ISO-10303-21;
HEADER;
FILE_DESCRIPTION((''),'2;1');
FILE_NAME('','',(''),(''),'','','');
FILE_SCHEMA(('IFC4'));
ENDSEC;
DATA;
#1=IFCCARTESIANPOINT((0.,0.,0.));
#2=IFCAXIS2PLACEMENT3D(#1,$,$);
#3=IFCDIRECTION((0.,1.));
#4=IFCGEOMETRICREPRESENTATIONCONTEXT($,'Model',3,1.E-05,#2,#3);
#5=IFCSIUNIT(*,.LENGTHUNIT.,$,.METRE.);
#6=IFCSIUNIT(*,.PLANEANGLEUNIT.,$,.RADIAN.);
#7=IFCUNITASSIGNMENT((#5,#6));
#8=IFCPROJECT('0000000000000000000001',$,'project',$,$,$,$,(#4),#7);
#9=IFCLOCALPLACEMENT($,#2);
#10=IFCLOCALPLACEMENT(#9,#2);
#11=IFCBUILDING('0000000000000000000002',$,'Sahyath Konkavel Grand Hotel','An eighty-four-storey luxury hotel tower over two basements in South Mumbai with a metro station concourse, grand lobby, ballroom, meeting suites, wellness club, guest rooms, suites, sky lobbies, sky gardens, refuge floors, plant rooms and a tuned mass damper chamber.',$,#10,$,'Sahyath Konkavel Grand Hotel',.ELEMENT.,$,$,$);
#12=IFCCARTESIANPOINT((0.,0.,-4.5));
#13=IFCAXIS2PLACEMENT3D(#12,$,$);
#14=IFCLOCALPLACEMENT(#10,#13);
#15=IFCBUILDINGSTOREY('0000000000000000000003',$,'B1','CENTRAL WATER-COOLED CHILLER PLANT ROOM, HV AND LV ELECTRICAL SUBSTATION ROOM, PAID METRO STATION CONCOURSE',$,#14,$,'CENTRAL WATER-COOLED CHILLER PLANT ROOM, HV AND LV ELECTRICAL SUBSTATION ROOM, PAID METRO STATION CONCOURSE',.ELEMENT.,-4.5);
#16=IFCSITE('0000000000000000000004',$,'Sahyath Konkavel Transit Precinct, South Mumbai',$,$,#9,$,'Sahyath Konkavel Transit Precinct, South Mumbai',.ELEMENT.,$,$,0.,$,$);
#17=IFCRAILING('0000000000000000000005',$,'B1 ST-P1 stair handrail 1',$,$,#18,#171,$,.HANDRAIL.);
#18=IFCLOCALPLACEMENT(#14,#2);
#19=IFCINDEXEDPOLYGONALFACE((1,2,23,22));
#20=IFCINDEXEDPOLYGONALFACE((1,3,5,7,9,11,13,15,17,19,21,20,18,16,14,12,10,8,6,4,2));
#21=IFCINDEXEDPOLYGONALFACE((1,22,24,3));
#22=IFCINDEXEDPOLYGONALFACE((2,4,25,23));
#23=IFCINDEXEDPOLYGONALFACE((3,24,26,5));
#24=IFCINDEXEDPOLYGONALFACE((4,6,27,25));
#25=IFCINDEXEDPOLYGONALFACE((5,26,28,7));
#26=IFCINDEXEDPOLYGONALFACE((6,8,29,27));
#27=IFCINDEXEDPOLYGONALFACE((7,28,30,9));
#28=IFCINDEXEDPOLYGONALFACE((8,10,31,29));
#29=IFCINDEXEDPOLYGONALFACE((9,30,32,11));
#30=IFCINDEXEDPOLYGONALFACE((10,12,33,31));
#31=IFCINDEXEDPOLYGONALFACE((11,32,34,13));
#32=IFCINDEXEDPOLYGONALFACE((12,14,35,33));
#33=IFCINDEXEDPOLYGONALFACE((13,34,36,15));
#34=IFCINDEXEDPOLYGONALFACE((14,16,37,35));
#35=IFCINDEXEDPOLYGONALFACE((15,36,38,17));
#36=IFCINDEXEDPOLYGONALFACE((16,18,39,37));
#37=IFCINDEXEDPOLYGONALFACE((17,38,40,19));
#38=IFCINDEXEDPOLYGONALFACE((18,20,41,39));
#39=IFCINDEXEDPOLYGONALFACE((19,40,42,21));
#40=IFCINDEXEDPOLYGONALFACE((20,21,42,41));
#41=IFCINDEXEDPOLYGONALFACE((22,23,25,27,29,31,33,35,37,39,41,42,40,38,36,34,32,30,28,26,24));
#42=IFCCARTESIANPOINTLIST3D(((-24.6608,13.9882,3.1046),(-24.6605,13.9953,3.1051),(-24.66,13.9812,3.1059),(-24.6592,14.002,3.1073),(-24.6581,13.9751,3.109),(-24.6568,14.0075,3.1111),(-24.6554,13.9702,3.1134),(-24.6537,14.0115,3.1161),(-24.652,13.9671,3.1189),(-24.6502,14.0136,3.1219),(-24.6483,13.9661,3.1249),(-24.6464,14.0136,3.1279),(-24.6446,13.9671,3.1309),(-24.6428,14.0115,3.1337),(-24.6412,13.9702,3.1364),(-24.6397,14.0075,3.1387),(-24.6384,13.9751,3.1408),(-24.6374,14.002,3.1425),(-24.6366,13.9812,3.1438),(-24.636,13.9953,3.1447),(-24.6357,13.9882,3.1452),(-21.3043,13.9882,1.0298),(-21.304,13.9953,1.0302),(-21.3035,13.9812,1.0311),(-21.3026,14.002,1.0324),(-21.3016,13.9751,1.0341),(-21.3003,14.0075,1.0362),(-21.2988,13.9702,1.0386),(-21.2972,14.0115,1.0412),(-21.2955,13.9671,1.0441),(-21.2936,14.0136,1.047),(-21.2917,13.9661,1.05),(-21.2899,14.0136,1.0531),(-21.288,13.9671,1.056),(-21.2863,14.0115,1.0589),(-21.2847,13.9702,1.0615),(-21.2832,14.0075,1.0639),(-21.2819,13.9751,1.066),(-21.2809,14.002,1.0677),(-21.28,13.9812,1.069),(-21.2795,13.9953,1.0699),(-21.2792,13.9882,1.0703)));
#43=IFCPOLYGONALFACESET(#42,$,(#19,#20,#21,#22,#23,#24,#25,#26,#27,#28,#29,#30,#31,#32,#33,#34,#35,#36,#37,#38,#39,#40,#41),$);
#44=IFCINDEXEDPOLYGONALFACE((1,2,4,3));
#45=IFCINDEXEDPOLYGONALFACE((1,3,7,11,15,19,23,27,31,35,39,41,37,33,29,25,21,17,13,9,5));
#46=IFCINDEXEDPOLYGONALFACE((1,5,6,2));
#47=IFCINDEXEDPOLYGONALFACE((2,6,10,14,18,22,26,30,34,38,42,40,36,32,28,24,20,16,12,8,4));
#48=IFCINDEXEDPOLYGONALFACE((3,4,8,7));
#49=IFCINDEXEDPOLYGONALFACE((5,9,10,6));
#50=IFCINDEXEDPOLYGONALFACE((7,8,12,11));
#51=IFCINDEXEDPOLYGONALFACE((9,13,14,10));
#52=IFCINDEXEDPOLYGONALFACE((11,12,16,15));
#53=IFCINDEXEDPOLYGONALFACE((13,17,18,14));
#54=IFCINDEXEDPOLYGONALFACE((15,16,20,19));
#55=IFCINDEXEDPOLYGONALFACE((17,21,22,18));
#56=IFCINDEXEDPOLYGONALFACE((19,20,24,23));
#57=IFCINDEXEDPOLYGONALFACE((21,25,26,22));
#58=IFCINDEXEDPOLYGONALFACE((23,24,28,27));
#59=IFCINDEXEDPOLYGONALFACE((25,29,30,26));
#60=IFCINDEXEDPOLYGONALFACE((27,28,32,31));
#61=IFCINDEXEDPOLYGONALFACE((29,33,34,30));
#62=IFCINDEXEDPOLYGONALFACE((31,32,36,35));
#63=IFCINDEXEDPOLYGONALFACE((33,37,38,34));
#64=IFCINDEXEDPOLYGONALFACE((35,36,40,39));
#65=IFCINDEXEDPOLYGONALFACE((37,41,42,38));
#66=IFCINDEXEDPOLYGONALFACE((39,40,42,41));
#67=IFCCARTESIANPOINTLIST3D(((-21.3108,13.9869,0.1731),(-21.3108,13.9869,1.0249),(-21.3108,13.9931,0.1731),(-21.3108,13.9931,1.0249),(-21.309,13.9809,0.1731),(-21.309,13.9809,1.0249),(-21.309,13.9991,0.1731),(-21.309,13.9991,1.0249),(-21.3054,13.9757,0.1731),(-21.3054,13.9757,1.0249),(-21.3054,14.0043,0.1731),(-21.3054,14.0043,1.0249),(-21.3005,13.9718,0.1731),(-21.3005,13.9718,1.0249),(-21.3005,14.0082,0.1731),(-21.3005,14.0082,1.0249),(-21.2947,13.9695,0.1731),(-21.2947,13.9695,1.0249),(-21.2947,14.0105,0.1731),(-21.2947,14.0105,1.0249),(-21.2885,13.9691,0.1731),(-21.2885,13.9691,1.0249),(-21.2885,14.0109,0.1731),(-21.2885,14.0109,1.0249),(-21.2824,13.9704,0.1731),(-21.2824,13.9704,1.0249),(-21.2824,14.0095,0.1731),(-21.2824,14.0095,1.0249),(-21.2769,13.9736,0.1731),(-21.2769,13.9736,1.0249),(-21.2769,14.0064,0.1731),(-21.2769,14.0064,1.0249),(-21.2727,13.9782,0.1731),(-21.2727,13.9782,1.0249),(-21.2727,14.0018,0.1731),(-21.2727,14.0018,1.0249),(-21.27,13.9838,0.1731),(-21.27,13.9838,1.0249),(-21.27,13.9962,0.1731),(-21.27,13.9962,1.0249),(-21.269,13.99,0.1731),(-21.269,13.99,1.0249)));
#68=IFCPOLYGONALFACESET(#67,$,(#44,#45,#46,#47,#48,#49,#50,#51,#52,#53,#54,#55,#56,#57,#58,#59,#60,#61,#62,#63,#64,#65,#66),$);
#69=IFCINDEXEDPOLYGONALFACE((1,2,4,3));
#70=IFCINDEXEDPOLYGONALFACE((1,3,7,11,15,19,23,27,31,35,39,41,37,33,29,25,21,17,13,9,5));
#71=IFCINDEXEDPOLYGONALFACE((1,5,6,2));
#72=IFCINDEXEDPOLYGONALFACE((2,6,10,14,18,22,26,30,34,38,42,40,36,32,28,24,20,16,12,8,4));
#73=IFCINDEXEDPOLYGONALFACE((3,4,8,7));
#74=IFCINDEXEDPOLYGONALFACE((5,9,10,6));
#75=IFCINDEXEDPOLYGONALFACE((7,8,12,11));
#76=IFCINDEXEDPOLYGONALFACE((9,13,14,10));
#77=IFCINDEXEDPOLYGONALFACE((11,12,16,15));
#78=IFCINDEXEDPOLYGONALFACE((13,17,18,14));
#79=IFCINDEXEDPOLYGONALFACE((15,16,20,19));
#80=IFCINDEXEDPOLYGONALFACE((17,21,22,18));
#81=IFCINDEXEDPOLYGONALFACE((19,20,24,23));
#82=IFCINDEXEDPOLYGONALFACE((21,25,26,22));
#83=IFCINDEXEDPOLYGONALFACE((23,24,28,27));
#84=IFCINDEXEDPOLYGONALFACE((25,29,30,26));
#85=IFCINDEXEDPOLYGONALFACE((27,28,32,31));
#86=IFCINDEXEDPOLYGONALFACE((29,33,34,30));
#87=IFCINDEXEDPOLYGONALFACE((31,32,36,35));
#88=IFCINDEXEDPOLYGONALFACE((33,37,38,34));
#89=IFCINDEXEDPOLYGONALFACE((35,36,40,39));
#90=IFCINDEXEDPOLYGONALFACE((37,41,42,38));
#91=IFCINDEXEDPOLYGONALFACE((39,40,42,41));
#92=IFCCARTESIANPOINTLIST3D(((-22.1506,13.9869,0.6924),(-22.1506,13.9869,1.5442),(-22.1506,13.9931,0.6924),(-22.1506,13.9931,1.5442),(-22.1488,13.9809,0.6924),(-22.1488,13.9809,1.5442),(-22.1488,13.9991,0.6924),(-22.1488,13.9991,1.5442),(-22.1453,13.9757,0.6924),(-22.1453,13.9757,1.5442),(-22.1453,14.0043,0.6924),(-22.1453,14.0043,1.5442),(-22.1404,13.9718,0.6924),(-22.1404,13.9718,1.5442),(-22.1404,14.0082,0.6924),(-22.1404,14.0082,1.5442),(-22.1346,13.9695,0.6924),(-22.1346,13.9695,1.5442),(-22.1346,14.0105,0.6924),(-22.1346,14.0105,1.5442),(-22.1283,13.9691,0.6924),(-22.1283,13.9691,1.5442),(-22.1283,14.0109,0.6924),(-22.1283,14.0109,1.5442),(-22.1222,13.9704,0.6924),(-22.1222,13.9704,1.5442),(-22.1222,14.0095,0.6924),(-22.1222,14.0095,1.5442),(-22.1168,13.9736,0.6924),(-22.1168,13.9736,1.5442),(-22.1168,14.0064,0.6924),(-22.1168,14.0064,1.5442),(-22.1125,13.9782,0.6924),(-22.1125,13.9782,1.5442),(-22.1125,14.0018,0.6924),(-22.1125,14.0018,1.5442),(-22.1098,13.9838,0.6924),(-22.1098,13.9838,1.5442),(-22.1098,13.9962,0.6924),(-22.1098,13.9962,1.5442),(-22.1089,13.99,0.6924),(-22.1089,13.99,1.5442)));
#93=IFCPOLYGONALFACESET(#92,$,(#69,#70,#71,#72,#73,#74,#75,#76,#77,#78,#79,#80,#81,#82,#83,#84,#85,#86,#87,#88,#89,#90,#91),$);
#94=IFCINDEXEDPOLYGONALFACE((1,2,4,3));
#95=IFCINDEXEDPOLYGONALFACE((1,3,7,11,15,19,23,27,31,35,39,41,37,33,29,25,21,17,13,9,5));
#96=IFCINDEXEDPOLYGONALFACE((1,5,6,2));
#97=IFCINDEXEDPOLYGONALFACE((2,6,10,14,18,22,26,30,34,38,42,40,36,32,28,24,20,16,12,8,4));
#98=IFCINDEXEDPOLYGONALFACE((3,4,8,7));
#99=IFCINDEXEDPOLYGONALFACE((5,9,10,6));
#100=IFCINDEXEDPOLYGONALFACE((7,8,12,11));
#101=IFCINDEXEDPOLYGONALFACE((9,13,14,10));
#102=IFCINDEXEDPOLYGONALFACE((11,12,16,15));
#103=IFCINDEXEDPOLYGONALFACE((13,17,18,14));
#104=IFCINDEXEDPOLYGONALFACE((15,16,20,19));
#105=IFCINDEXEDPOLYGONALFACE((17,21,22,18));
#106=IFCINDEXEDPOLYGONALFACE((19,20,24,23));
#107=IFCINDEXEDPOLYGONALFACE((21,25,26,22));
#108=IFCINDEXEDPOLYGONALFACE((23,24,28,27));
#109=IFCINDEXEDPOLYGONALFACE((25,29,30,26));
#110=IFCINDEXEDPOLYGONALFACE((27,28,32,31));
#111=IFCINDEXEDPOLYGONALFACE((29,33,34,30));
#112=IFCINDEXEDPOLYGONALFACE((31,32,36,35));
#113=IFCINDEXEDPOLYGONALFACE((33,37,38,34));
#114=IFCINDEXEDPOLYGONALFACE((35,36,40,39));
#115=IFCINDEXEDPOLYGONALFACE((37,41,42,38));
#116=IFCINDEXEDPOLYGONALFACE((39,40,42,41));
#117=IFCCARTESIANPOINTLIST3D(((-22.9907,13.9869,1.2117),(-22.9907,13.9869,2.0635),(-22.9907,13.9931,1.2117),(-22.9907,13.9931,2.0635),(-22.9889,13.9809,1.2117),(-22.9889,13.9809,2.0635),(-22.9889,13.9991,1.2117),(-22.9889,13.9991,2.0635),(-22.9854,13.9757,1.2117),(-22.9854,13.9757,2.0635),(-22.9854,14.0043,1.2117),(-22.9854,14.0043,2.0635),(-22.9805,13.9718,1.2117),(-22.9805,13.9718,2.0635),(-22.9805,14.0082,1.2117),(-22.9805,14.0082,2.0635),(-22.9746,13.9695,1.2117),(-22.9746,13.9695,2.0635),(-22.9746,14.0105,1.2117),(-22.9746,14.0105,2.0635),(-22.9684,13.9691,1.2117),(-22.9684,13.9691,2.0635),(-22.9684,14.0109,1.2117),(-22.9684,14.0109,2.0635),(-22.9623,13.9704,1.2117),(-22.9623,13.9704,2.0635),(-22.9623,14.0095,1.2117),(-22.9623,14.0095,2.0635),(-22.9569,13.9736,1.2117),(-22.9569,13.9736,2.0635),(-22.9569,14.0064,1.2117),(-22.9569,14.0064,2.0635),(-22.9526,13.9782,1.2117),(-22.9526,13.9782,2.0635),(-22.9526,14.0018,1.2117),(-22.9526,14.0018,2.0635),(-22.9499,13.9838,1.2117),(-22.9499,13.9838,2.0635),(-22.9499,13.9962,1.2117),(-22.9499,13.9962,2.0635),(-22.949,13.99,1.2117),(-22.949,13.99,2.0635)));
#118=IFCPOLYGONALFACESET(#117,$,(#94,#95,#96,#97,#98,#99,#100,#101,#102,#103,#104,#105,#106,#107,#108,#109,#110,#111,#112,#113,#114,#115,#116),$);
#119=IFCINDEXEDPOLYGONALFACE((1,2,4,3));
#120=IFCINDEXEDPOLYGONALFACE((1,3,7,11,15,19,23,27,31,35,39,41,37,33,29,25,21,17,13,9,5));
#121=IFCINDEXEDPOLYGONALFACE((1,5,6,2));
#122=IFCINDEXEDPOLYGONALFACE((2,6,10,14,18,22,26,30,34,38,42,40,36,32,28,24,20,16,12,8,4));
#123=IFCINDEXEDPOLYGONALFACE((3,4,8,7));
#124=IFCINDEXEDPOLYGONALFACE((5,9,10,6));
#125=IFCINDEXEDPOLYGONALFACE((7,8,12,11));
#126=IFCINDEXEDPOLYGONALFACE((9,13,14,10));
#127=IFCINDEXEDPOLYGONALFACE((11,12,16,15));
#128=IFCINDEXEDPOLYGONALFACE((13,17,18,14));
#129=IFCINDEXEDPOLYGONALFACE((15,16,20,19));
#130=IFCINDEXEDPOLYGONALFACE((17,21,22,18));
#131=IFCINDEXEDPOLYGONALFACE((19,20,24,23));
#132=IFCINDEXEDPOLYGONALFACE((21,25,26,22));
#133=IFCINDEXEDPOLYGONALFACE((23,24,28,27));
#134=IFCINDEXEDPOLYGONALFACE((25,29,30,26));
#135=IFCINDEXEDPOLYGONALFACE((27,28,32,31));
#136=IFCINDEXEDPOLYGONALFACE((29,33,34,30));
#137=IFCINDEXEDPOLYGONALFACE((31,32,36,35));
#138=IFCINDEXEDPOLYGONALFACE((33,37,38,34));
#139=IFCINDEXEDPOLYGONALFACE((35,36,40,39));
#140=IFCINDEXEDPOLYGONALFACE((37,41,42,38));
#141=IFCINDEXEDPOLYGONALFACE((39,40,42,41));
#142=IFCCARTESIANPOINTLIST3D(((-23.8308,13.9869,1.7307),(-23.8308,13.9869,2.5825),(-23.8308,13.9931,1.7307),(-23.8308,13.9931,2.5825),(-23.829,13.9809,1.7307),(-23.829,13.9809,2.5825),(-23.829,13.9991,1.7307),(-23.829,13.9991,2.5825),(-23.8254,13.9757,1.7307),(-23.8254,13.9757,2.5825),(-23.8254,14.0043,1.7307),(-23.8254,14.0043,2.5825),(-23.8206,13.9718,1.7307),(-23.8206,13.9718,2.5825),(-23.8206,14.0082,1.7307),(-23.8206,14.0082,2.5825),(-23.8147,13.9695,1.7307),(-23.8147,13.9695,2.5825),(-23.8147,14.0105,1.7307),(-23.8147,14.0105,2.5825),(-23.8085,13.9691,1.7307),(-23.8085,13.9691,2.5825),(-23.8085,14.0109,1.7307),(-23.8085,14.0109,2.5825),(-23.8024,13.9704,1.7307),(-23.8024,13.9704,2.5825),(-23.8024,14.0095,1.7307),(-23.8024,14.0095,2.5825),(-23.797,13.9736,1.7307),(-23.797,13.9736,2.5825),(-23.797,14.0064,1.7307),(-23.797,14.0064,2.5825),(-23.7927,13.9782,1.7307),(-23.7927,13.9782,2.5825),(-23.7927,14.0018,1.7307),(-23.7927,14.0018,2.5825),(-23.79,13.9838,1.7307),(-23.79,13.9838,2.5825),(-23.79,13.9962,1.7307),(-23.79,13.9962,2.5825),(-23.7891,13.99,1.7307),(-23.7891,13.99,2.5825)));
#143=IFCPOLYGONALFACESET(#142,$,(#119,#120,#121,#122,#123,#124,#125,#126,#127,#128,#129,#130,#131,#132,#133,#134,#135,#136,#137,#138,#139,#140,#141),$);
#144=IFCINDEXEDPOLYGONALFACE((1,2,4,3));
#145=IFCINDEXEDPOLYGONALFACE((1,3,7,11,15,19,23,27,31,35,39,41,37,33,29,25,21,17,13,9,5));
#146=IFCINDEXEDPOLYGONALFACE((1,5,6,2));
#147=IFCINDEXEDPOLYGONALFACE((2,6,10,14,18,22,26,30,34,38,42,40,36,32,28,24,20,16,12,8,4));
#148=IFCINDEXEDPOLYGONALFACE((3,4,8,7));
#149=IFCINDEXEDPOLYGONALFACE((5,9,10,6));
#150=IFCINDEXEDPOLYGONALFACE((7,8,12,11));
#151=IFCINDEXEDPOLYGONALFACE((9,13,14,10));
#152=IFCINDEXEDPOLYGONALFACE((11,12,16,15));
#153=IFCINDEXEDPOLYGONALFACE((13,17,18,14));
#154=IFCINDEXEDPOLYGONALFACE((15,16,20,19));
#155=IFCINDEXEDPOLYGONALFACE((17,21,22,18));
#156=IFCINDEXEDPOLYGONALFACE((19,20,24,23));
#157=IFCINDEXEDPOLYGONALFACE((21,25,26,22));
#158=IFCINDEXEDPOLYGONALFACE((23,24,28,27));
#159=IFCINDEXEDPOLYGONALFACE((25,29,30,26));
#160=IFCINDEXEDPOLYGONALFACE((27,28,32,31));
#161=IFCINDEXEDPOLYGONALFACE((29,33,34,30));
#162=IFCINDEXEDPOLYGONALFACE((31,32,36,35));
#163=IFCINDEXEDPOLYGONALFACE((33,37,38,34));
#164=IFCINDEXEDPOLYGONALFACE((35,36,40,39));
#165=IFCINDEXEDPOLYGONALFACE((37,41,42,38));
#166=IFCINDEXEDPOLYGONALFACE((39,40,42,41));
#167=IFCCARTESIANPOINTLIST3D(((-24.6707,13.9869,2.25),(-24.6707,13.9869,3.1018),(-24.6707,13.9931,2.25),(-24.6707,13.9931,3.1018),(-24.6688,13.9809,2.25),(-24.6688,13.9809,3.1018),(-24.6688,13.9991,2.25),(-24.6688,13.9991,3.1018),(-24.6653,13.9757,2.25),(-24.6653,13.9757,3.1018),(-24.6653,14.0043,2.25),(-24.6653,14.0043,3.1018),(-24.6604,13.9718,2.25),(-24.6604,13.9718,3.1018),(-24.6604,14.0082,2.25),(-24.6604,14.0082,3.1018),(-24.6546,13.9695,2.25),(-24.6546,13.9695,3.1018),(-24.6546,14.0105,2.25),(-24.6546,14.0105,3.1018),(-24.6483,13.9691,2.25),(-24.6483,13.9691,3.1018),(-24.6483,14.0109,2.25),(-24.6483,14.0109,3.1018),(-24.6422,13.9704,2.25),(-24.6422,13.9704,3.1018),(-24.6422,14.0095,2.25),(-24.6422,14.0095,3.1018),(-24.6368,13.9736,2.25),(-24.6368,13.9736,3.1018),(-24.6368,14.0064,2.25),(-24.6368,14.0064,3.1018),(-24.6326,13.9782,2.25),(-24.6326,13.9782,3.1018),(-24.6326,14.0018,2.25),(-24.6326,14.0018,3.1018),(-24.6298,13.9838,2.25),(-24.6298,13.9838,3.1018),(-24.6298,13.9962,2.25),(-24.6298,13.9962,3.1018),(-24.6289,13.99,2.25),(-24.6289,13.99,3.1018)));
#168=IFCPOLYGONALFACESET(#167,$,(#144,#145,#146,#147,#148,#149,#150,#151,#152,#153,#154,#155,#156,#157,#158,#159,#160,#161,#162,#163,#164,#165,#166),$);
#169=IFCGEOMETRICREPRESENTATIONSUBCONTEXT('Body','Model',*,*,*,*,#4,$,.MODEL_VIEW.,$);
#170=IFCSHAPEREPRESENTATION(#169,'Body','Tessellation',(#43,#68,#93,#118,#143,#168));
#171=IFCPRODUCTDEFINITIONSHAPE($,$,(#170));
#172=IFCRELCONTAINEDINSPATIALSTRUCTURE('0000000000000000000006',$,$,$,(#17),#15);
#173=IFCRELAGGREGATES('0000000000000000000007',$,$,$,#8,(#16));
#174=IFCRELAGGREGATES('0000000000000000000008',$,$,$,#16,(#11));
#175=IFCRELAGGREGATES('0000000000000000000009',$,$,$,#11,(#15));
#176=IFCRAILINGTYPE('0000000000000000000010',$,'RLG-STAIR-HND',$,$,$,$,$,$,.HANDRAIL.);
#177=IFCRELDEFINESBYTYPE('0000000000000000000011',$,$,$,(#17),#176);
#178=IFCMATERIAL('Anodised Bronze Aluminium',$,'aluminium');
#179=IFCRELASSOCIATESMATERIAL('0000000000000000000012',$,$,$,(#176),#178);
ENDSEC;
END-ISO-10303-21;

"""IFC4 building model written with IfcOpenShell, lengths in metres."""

from ifc_helpers import new_model, si_unit, direction, frame, origin, origin_2d, place, context, subcontext, project, spatial, circle, extrude, material, type_object, element, save


model = new_model("IFC4")

# Units and contexts
model_context = context("Model", 3, precision=1e-05, world=origin(), true_north=direction((0.0, 1.0)))
body_context = subcontext(model_context, "Body", "Model", "MODEL_VIEW")
ifc_project = project(units=[si_unit("LENGTHUNIT", "METRE"), si_unit("PLANEANGLEUNIT", "RADIAN")], contexts=[model_context])

# Site, building, storey
site_placement = place(None, origin())
site = spatial("IfcSite", under=ifc_project, at=site_placement, Name="Sahyath Konkavel Transit Precinct, South Mumbai", LongName="Sahyath Konkavel Transit Precinct, South Mumbai", CompositionType="ELEMENT", RefElevation=0.0)
building_placement = place(site_placement, origin())
building = spatial("IfcBuilding", under=site, at=building_placement, Name="Sahyath Konkavel Grand Hotel", Description="An eighty-four-storey luxury hotel tower over two basements in South Mumbai with a metro station concourse, grand lobby, ballroom, meeting suites, wellness club, guest rooms, suites, sky lobbies, sky gardens, refuge floors, plant rooms and a tuned mass damper chamber.", LongName="Sahyath Konkavel Grand Hotel", CompositionType="ELEMENT")
storey_placement = place(building_placement, frame((0.0, 0.0, -4.5)))
storey = spatial("IfcBuildingStorey", under=building, at=storey_placement, Name="B1", Description="CENTRAL WATER-COOLED CHILLER PLANT ROOM, HV AND LV ELECTRICAL SUBSTATION ROOM, PAID METRO STATION CONCOURSE", LongName="CENTRAL WATER-COOLED CHILLER PLANT ROOM, HV AND LV ELECTRICAL SUBSTATION ROOM, PAID METRO STATION CONCOURSE", CompositionType="ELEMENT", Elevation=-4.5)

# Railing
ifc_material_1 = material(Name="Anodised Bronze Aluminium", Category="aluminium")
railing_type_1 = type_object("IfcRailingType", Name="RLG-STAIR-HND", PredefinedType="HANDRAIL", material=ifc_material_1)
railing_1_placement = place(storey_placement, frame((-21.29, 13.99, 0.1731)))
element("IfcRailing", 1, at=railing_1_placement, inside=storey, type_object=railing_type_1, Name="B1 ST-P1 stair handrail 1", PredefinedType="HANDRAIL", context=body_context, shape_type="SweptSolid", body=[
    extrude(circle(Radius=0.0239, at=origin_2d()), frame((-0.0017, 0.0, 0.877), z_axis=(-0.850606, 0.0, 0.525803), x_axis=(0.0, -1.0, 0.0)), (0.0, 0.0, 1.0), 3.946),
    extrude(circle(Radius=0.021, at=origin_2d()), origin(), (0.0, 0.0, 1.0), 0.8518),
    extrude(circle(Radius=0.021, at=origin_2d()), frame((-0.8398, 0.0, 0.5193)), (0.0, 0.0, 1.0), 0.8518),
    extrude(circle(Radius=0.021, at=origin_2d()), frame((-1.6799, 0.0, 1.0386)), (0.0, 0.0, 1.0), 0.8518),
    extrude(circle(Radius=0.021, at=origin_2d()), frame((-2.52, 0.0, 1.5576)), (0.0, 0.0, 1.0), 0.8518),
    extrude(circle(Radius=0.021, at=origin_2d()), frame((-3.3599, 0.0, 2.0769)), (0.0, 0.0, 1.0), 0.8518),
])

save(model, "model.ifc")
